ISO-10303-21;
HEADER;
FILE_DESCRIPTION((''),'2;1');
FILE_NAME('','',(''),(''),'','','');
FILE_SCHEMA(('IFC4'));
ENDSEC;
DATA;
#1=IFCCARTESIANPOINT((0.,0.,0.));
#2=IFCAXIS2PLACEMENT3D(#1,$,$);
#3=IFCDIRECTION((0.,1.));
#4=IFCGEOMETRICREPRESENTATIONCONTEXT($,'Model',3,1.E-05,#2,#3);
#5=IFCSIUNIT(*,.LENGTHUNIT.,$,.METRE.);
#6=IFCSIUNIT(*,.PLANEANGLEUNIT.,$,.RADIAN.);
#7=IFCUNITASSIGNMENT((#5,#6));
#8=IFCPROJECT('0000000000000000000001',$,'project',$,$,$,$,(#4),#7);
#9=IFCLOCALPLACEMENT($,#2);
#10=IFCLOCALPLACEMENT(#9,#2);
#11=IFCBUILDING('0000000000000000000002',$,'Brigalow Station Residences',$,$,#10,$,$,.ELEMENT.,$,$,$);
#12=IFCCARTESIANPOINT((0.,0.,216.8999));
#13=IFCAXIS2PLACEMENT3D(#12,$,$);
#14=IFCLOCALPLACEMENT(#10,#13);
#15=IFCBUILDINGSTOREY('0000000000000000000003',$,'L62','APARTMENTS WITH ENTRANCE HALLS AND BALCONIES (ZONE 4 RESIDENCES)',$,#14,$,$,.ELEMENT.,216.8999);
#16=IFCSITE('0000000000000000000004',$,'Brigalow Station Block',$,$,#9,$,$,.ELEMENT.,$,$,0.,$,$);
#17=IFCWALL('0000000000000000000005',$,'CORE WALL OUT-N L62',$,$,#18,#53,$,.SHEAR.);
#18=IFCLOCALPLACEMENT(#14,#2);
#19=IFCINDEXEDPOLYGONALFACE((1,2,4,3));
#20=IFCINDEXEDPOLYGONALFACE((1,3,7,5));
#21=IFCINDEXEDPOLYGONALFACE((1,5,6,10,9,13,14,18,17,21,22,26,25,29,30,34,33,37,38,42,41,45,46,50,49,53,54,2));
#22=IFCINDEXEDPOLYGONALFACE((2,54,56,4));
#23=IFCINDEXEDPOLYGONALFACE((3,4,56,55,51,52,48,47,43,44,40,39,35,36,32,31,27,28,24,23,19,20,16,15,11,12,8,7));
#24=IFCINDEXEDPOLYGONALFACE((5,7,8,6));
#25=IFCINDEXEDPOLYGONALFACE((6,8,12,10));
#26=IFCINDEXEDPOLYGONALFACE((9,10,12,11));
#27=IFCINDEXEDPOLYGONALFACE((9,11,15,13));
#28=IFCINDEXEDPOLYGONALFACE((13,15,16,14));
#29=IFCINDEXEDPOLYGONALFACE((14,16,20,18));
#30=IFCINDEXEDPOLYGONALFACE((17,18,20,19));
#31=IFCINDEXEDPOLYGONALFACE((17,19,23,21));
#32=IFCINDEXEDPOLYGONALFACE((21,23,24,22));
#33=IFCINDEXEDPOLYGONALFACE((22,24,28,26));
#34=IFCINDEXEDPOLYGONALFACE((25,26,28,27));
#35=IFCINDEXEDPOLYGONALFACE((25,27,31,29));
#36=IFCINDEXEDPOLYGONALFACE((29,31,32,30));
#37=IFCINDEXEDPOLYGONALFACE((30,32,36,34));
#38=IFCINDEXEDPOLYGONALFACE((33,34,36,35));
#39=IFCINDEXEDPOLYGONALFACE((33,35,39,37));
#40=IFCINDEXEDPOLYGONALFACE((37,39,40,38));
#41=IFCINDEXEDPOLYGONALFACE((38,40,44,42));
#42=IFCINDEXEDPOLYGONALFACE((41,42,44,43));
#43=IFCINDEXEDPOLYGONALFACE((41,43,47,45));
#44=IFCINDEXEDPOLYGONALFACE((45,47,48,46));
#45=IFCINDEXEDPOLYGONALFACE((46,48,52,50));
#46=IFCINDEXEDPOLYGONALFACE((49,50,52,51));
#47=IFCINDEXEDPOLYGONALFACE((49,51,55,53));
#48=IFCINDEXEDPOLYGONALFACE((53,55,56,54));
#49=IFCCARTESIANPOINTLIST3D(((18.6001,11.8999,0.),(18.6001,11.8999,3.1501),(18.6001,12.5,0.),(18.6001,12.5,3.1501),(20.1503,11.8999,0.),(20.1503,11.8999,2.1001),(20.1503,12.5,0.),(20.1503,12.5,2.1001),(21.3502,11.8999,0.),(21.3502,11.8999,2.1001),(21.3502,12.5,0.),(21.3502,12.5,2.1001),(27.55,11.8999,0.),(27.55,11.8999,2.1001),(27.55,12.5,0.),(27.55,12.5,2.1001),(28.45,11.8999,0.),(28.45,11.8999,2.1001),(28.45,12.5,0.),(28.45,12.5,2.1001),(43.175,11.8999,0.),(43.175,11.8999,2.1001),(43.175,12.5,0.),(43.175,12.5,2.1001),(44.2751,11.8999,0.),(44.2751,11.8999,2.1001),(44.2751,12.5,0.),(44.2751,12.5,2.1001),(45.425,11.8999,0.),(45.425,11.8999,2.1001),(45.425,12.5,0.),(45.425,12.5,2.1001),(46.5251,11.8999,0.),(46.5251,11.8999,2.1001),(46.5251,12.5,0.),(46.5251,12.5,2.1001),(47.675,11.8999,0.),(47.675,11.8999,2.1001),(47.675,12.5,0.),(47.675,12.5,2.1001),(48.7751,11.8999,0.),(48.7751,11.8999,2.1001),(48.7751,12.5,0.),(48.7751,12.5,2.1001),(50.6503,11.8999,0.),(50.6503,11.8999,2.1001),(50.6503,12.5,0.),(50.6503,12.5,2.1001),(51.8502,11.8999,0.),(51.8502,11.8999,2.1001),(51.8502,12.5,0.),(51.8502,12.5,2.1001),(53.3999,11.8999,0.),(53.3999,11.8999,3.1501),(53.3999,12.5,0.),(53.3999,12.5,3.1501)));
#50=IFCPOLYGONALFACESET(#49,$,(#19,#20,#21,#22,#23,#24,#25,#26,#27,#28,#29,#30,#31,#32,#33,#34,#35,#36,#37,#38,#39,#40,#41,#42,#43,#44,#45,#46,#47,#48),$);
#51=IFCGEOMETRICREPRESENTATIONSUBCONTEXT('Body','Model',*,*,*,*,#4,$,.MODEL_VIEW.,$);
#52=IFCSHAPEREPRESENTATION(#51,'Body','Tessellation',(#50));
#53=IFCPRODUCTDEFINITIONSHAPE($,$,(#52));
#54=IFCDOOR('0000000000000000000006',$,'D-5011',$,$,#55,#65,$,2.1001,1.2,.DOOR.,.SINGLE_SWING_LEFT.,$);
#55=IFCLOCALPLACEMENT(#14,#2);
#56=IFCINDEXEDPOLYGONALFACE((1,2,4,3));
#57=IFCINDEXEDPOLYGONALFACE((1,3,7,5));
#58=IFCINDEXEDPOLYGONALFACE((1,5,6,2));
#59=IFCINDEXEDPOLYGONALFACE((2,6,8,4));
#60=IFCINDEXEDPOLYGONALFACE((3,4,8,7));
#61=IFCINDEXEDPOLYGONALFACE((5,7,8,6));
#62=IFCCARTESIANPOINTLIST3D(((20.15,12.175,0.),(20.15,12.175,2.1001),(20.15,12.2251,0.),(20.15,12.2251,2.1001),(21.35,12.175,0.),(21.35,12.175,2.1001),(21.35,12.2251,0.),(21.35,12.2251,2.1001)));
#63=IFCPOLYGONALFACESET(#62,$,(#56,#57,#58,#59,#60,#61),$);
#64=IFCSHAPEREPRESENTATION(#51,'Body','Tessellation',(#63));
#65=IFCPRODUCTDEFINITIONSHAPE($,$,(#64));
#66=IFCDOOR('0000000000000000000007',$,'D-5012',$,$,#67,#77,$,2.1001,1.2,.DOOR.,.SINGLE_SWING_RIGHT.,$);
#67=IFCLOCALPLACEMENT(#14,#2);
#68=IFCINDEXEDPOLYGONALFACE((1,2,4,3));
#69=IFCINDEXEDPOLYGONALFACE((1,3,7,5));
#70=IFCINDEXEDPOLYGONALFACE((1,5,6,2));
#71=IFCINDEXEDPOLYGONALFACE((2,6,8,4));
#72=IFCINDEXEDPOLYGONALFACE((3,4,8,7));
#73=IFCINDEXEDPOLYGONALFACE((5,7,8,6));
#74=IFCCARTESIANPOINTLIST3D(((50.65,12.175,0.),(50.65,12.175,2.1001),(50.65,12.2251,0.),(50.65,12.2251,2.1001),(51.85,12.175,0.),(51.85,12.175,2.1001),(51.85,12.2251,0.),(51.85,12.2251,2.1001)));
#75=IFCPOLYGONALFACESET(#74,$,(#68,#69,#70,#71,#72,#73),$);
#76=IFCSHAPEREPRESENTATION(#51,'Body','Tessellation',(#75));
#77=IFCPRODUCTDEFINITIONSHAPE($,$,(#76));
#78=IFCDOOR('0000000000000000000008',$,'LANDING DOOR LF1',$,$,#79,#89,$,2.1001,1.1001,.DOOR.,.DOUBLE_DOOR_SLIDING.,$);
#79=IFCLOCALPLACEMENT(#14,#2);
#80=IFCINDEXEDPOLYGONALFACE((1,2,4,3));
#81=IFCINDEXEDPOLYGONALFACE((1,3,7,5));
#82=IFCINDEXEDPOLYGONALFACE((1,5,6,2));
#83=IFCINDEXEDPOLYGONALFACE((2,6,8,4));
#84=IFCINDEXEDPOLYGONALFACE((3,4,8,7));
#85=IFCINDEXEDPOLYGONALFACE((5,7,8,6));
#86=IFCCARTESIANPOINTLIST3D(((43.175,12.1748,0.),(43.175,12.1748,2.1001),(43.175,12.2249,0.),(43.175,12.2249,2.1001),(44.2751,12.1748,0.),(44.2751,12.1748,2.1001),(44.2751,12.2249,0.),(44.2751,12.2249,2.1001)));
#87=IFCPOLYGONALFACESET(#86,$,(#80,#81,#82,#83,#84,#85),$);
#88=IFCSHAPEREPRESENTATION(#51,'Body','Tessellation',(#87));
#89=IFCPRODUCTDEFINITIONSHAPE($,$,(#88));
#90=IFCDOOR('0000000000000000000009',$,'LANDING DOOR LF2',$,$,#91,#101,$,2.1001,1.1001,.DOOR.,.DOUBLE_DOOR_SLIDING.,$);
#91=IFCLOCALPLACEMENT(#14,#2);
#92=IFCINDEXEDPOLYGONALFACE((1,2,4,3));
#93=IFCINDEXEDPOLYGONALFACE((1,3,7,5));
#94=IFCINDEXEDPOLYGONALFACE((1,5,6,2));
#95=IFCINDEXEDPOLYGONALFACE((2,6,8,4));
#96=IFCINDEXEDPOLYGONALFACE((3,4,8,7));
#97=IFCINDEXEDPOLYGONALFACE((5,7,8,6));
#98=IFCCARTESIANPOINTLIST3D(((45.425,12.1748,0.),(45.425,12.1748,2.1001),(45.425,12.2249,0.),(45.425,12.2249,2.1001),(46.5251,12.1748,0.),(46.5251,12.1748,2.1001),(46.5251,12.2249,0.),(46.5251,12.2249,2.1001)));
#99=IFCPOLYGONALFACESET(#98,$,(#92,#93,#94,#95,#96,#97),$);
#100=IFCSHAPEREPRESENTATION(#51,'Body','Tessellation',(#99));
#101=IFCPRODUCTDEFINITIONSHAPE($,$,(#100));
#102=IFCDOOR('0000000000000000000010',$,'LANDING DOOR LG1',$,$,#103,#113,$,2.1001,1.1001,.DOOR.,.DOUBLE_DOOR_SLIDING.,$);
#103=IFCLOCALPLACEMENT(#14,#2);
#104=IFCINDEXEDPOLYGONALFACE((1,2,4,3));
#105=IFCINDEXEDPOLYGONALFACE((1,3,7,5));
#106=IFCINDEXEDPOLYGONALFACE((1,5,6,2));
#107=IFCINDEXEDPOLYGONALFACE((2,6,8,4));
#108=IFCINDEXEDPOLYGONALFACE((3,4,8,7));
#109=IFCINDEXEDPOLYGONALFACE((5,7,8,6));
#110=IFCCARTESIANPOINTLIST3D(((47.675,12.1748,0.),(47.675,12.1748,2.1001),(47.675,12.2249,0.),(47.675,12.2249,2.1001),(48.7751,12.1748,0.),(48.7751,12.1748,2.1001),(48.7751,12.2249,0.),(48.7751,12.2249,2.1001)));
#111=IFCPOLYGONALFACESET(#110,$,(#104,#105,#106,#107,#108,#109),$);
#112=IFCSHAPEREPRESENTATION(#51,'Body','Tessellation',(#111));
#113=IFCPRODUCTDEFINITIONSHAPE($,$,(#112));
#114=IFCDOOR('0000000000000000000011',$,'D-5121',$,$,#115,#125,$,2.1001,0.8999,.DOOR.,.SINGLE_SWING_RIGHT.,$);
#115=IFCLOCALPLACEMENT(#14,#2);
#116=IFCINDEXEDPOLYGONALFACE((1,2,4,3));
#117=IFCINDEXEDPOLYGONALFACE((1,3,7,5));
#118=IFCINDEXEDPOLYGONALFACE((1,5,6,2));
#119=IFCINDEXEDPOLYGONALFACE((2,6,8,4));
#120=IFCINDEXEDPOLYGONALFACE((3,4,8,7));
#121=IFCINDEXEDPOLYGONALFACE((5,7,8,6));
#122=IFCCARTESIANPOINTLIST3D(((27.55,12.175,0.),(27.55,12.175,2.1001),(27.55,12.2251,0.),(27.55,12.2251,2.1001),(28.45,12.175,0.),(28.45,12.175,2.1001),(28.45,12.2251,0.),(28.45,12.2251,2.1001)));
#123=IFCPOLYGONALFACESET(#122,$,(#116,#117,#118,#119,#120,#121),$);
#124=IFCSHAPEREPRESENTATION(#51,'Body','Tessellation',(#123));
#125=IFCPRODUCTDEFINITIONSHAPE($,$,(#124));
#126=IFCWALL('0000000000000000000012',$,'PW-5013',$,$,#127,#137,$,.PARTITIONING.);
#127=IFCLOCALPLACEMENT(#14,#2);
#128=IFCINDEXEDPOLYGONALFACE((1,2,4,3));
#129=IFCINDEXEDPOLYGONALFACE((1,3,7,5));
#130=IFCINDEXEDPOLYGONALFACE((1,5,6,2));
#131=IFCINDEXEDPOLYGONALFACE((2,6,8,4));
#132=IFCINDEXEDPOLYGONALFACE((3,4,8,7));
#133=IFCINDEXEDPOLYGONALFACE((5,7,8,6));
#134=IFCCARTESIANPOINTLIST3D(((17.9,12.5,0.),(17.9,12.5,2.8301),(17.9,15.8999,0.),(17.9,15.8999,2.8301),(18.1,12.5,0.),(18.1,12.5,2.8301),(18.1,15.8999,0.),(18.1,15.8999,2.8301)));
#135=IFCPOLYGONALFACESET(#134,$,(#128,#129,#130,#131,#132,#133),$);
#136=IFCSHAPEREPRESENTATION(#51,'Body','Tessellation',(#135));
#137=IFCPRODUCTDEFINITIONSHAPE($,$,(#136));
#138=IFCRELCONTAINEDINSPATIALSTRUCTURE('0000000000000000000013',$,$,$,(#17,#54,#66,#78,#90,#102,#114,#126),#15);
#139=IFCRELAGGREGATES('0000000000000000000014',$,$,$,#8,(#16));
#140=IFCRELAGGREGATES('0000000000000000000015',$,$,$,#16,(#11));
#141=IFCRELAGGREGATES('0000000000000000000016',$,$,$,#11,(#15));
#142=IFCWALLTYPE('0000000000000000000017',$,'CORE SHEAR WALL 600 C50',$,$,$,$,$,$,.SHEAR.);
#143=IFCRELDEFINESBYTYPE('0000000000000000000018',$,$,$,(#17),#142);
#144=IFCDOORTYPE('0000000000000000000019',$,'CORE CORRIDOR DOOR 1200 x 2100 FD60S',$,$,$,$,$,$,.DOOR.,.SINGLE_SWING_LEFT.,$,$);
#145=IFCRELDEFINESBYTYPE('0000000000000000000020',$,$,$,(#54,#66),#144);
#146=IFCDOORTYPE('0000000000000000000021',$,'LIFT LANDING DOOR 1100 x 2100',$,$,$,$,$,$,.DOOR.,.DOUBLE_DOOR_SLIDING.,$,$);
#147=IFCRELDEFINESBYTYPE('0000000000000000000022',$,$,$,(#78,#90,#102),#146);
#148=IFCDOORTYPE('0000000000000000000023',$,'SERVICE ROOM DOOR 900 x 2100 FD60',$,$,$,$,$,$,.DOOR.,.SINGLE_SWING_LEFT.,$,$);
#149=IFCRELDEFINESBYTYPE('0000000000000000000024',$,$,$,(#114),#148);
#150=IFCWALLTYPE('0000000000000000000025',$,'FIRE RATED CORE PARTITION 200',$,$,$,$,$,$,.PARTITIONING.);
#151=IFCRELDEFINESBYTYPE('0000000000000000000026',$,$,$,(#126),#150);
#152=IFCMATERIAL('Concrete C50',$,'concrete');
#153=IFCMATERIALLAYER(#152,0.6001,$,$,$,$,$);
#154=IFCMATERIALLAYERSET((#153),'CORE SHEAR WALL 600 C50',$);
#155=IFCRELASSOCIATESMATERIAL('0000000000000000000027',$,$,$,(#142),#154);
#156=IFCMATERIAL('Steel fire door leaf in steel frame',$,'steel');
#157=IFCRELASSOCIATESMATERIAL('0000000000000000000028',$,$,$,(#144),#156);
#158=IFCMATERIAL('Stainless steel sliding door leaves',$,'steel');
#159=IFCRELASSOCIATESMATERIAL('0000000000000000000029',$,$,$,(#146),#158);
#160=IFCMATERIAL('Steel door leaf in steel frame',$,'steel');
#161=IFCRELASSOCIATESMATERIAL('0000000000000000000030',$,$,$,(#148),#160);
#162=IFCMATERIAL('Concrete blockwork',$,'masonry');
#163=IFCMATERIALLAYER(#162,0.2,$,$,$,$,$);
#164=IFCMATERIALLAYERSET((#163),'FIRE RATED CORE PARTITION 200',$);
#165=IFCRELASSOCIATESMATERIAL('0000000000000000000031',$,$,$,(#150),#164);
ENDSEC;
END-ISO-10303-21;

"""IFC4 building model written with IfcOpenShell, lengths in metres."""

from ifc_helpers import new_model, si_unit, direction, frame, frame_2d, origin, place, context, subcontext, project, spatial, rectangle, extrude, material, layer, layer_set, type_object, element, fill, save


model = new_model("IFC4")

# Units and contexts
model_context = context("Model", 3, precision=1e-05, world=origin(), true_north=direction((0.0, 1.0)))
body_context = subcontext(model_context, "Body", "Model", "MODEL_VIEW")
ifc_project = project(units=[si_unit("LENGTHUNIT", "METRE"), si_unit("PLANEANGLEUNIT", "RADIAN")], contexts=[model_context])

# Site, building, storey
site_placement = place(None, origin())
site = spatial("IfcSite", under=ifc_project, at=site_placement, Name="Brigalow Station Block", CompositionType="ELEMENT", RefElevation=0.0)
building_placement = place(site_placement, origin())
building = spatial("IfcBuilding", under=site, at=building_placement, Name="Brigalow Station Residences", CompositionType="ELEMENT")
storey_placement = place(building_placement, frame((0.0, 0.0, 216.8999)))
storey = spatial("IfcBuildingStorey", under=building, at=storey_placement, Name="L62", Description="APARTMENTS WITH ENTRANCE HALLS AND BALCONIES (ZONE 4 RESIDENCES)", CompositionType="ELEMENT", Elevation=216.8999)

# Wall, openings, doors
ifc_material_1 = material(Name="Concrete C50", Category="concrete")
ifc_layer_1 = layer(ifc_material_1, 0.6001)
ifc_layer_set_1 = layer_set([ifc_layer_1], Name="CORE SHEAR WALL 600 C50")
wall_type_1 = type_object("IfcWallType", Name="CORE SHEAR WALL 600 C50", PredefinedType="SHEAR", material=ifc_layer_set_1)
wall_1_placement = place(storey_placement, frame((18.6001, 12.2, 0.0), z_axis=(0.0, 0.0, 1.0), x_axis=(1.0, 0.0, 0.0)))
wall_1 = element("IfcWall", 1, at=wall_1_placement, inside=storey, type_object=wall_type_1, Name="CORE WALL OUT-N L62", PredefinedType="SHEAR", context=body_context, shape_type="SweptSolid", body=[
    extrude(rectangle(XDim=34.7998, YDim=0.6001, at=frame_2d((17.3999, 0.0))), origin(), (0.0, 0.0, 1.0), 3.1501),
])
opening_1_placement = place(wall_1_placement, frame((24.575, 0.0, 0.0)))
opening_1 = element("IfcOpeningElement", 2, at=opening_1_placement, cuts=wall_1, PredefinedType="OPENING", context=body_context, shape_type="SweptSolid", body=[
    extrude(rectangle(XDim=1.1001, YDim=2.1001, at=frame_2d((0.55, 1.05))), frame((0.0, 0.3101, 0.0), z_axis=(0.0, -1.0, 0.0), x_axis=(1.0, 0.0, 0.0)), (0.0, 0.0, 1.0), 0.6201),
])
opening_2_placement = place(wall_1_placement, frame((26.825, 0.0, 0.0)))
opening_2 = element("IfcOpeningElement", 3, at=opening_2_placement, cuts=wall_1, PredefinedType="OPENING", context=body_context, shape_type="SweptSolid", body=[
    extrude(rectangle(XDim=1.1001, YDim=2.1001, at=frame_2d((0.55, 1.05))), frame((0.0, 0.3101, 0.0), z_axis=(0.0, -1.0, 0.0), x_axis=(1.0, 0.0, 0.0)), (0.0, 0.0, 1.0), 0.6201),
])
opening_3_placement = place(wall_1_placement, frame((29.075, 0.0, 0.0)))
opening_3 = element("IfcOpeningElement", 4, at=opening_3_placement, cuts=wall_1, PredefinedType="OPENING", context=body_context, shape_type="SweptSolid", body=[
    extrude(rectangle(XDim=1.1001, YDim=2.1001, at=frame_2d((0.55, 1.05))), frame((0.0, 0.3101, 0.0), z_axis=(0.0, -1.0, 0.0), x_axis=(1.0, 0.0, 0.0)), (0.0, 0.0, 1.0), 0.6201),
])
opening_4_placement = place(wall_1_placement, frame((8.95, 0.0, 0.0)))
opening_4 = element("IfcOpeningElement", 5, at=opening_4_placement, cuts=wall_1, PredefinedType="OPENING", context=body_context, shape_type="SweptSolid", body=[
    extrude(rectangle(XDim=0.8999, YDim=2.1001, at=frame_2d((0.45, 1.05))), frame((0.0, 0.3101, 0.0), z_axis=(0.0, -1.0, 0.0), x_axis=(1.0, 0.0, 0.0)), (0.0, 0.0, 1.0), 0.6201),
])
opening_5_placement = place(wall_1_placement, frame((1.55, 0.0, 0.0)))
opening_5 = element("IfcOpeningElement", 6, at=opening_5_placement, cuts=wall_1, PredefinedType="OPENING", context=body_context, shape_type="SweptSolid", body=[
    extrude(rectangle(XDim=1.2, YDim=2.1001, at=frame_2d((0.6001, 1.05))), frame((0.0, 0.3101, 0.0), z_axis=(0.0, -1.0, 0.0), x_axis=(1.0, 0.0, 0.0)), (0.0, 0.0, 1.0), 0.6201),
])
opening_6_placement = place(wall_1_placement, frame((32.05, 0.0, 0.0)))
opening_6 = element("IfcOpeningElement", 7, at=opening_6_placement, cuts=wall_1, PredefinedType="OPENING", context=body_context, shape_type="SweptSolid", body=[
    extrude(rectangle(XDim=1.2, YDim=2.1001, at=frame_2d((0.6001, 1.05))), frame((0.0, 0.3101, 0.0), z_axis=(0.0, -1.0, 0.0), x_axis=(1.0, 0.0, 0.0)), (0.0, 0.0, 1.0), 0.6201),
])
ifc_material_2 = material(Name="Steel fire door leaf in steel frame", Category="steel")
door_type_1 = type_object("IfcDoorType", Name="CORE CORRIDOR DOOR 1200 x 2100 FD60S", OperationType="SINGLE_SWING_LEFT", PredefinedType="DOOR", material=ifc_material_2)
door_1_placement = place(opening_5_placement, frame((1.2, 0.0, 0.0), z_axis=(0.0, 0.0, 1.0), x_axis=(-1.0, 0.0, 0.0)))
door_1 = element("IfcDoor", 8, at=door_1_placement, inside=storey, type_object=door_type_1, Name="D-5011", OperationType="SINGLE_SWING_LEFT", OverallHeight=2.1001, OverallWidth=1.2, PredefinedType="DOOR", context=body_context, shape_type="SweptSolid", body=[
    extrude(rectangle(XDim=1.2, YDim=2.1001, at=frame_2d((0.6001, 1.05))), frame((0.0, 0.0249, 0.0), z_axis=(0.0, -1.0, 0.0), x_axis=(1.0, 0.0, 0.0)), (0.0, 0.0, 1.0), 0.05),
])
fill(opening_5, door_1)
door_2_placement = place(opening_6_placement, frame((1.2, 0.0, 0.0), z_axis=(0.0, 0.0, 1.0), x_axis=(-1.0, 0.0, 0.0)))
door_2 = element("IfcDoor", 9, at=door_2_placement, inside=storey, type_object=door_type_1, Name="D-5012", OperationType="SINGLE_SWING_RIGHT", OverallHeight=2.1001, OverallWidth=1.2, PredefinedType="DOOR", context=body_context, shape_type="SweptSolid", body=[
    extrude(rectangle(XDim=1.2, YDim=2.1001, at=frame_2d((0.6001, 1.05))), frame((0.0, 0.0249, 0.0), z_axis=(0.0, -1.0, 0.0), x_axis=(1.0, 0.0, 0.0)), (0.0, 0.0, 1.0), 0.05),
])
fill(opening_6, door_2)
ifc_material_3 = material(Name="Stainless steel sliding door leaves", Category="steel")
door_type_2 = type_object("IfcDoorType", Name="LIFT LANDING DOOR 1100 x 2100", OperationType="DOUBLE_DOOR_SLIDING", PredefinedType="DOOR", material=ifc_material_3)
door_3_placement = place(opening_1_placement, origin())
door_3 = element("IfcDoor", 10, at=door_3_placement, inside=storey, type_object=door_type_2, Name="LANDING DOOR LF1", OperationType="DOUBLE_DOOR_SLIDING", OverallHeight=2.1001, OverallWidth=1.1001, PredefinedType="DOOR", context=body_context, shape_type="SweptSolid", body=[
    extrude(rectangle(XDim=1.1001, YDim=2.1001, at=frame_2d((0.55, 1.05))), frame((0.0, 0.0249, 0.0), z_axis=(0.0, -1.0, 0.0), x_axis=(1.0, 0.0, 0.0)), (0.0, 0.0, 1.0), 0.05),
])
fill(opening_1, door_3)
door_4_placement = place(opening_2_placement, origin())
door_4 = element("IfcDoor", 11, at=door_4_placement, inside=storey, type_object=door_type_2, Name="LANDING DOOR LF2", OperationType="DOUBLE_DOOR_SLIDING", OverallHeight=2.1001, OverallWidth=1.1001, PredefinedType="DOOR", context=body_context, shape_type="SweptSolid", body=[
    extrude(rectangle(XDim=1.1001, YDim=2.1001, at=frame_2d((0.55, 1.05))), frame((0.0, 0.0249, 0.0), z_axis=(0.0, -1.0, 0.0), x_axis=(1.0, 0.0, 0.0)), (0.0, 0.0, 1.0), 0.05),
])
fill(opening_2, door_4)
door_5_placement = place(opening_3_placement, origin())
door_5 = element("IfcDoor", 12, at=door_5_placement, inside=storey, type_object=door_type_2, Name="LANDING DOOR LG1", OperationType="DOUBLE_DOOR_SLIDING", OverallHeight=2.1001, OverallWidth=1.1001, PredefinedType="DOOR", context=body_context, shape_type="SweptSolid", body=[
    extrude(rectangle(XDim=1.1001, YDim=2.1001, at=frame_2d((0.55, 1.05))), frame((0.0, 0.0249, 0.0), z_axis=(0.0, -1.0, 0.0), x_axis=(1.0, 0.0, 0.0)), (0.0, 0.0, 1.0), 0.05),
])
fill(opening_3, door_5)
ifc_material_4 = material(Name="Steel door leaf in steel frame", Category="steel")
door_type_3 = type_object("IfcDoorType", Name="SERVICE ROOM DOOR 900 x 2100 FD60", OperationType="SINGLE_SWING_LEFT", PredefinedType="DOOR", material=ifc_material_4)
door_6_placement = place(opening_4_placement, frame((0.8999, 0.0, 0.0), z_axis=(0.0, 0.0, 1.0), x_axis=(-1.0, 0.0, 0.0)))
door_6 = element("IfcDoor", 13, at=door_6_placement, inside=storey, type_object=door_type_3, Name="D-5121", OperationType="SINGLE_SWING_RIGHT", OverallHeight=2.1001, OverallWidth=0.8999, PredefinedType="DOOR", context=body_context, shape_type="SweptSolid", body=[
    extrude(rectangle(XDim=0.8999, YDim=2.1001, at=frame_2d((0.45, 1.05))), frame((0.0, 0.0249, 0.0), z_axis=(0.0, -1.0, 0.0), x_axis=(1.0, 0.0, 0.0)), (0.0, 0.0, 1.0), 0.05),
])
fill(opening_4, door_6)

# Wall
ifc_material_5 = material(Name="Concrete blockwork", Category="masonry")
ifc_layer_2 = layer(ifc_material_5, 0.2)
ifc_layer_set_2 = layer_set([ifc_layer_2], Name="FIRE RATED CORE PARTITION 200")
wall_type_2 = type_object("IfcWallType", Name="FIRE RATED CORE PARTITION 200", PredefinedType="PARTITIONING", material=ifc_layer_set_2)
wall_2_placement = place(storey_placement, frame((18.0, 12.5, 0.0), z_axis=(0.0, 0.0, 1.0), x_axis=(0.0, 1.0, 0.0)))
element("IfcWall", 14, at=wall_2_placement, inside=storey, type_object=wall_type_2, Name="PW-5013", PredefinedType="PARTITIONING", context=body_context, shape_type="SweptSolid", body=[
    extrude(rectangle(XDim=3.3999, YDim=0.2, at=frame_2d((1.7, 0.0))), origin(), (0.0, 0.0, 1.0), 2.8301),
])

save(model, "model.ifc")
